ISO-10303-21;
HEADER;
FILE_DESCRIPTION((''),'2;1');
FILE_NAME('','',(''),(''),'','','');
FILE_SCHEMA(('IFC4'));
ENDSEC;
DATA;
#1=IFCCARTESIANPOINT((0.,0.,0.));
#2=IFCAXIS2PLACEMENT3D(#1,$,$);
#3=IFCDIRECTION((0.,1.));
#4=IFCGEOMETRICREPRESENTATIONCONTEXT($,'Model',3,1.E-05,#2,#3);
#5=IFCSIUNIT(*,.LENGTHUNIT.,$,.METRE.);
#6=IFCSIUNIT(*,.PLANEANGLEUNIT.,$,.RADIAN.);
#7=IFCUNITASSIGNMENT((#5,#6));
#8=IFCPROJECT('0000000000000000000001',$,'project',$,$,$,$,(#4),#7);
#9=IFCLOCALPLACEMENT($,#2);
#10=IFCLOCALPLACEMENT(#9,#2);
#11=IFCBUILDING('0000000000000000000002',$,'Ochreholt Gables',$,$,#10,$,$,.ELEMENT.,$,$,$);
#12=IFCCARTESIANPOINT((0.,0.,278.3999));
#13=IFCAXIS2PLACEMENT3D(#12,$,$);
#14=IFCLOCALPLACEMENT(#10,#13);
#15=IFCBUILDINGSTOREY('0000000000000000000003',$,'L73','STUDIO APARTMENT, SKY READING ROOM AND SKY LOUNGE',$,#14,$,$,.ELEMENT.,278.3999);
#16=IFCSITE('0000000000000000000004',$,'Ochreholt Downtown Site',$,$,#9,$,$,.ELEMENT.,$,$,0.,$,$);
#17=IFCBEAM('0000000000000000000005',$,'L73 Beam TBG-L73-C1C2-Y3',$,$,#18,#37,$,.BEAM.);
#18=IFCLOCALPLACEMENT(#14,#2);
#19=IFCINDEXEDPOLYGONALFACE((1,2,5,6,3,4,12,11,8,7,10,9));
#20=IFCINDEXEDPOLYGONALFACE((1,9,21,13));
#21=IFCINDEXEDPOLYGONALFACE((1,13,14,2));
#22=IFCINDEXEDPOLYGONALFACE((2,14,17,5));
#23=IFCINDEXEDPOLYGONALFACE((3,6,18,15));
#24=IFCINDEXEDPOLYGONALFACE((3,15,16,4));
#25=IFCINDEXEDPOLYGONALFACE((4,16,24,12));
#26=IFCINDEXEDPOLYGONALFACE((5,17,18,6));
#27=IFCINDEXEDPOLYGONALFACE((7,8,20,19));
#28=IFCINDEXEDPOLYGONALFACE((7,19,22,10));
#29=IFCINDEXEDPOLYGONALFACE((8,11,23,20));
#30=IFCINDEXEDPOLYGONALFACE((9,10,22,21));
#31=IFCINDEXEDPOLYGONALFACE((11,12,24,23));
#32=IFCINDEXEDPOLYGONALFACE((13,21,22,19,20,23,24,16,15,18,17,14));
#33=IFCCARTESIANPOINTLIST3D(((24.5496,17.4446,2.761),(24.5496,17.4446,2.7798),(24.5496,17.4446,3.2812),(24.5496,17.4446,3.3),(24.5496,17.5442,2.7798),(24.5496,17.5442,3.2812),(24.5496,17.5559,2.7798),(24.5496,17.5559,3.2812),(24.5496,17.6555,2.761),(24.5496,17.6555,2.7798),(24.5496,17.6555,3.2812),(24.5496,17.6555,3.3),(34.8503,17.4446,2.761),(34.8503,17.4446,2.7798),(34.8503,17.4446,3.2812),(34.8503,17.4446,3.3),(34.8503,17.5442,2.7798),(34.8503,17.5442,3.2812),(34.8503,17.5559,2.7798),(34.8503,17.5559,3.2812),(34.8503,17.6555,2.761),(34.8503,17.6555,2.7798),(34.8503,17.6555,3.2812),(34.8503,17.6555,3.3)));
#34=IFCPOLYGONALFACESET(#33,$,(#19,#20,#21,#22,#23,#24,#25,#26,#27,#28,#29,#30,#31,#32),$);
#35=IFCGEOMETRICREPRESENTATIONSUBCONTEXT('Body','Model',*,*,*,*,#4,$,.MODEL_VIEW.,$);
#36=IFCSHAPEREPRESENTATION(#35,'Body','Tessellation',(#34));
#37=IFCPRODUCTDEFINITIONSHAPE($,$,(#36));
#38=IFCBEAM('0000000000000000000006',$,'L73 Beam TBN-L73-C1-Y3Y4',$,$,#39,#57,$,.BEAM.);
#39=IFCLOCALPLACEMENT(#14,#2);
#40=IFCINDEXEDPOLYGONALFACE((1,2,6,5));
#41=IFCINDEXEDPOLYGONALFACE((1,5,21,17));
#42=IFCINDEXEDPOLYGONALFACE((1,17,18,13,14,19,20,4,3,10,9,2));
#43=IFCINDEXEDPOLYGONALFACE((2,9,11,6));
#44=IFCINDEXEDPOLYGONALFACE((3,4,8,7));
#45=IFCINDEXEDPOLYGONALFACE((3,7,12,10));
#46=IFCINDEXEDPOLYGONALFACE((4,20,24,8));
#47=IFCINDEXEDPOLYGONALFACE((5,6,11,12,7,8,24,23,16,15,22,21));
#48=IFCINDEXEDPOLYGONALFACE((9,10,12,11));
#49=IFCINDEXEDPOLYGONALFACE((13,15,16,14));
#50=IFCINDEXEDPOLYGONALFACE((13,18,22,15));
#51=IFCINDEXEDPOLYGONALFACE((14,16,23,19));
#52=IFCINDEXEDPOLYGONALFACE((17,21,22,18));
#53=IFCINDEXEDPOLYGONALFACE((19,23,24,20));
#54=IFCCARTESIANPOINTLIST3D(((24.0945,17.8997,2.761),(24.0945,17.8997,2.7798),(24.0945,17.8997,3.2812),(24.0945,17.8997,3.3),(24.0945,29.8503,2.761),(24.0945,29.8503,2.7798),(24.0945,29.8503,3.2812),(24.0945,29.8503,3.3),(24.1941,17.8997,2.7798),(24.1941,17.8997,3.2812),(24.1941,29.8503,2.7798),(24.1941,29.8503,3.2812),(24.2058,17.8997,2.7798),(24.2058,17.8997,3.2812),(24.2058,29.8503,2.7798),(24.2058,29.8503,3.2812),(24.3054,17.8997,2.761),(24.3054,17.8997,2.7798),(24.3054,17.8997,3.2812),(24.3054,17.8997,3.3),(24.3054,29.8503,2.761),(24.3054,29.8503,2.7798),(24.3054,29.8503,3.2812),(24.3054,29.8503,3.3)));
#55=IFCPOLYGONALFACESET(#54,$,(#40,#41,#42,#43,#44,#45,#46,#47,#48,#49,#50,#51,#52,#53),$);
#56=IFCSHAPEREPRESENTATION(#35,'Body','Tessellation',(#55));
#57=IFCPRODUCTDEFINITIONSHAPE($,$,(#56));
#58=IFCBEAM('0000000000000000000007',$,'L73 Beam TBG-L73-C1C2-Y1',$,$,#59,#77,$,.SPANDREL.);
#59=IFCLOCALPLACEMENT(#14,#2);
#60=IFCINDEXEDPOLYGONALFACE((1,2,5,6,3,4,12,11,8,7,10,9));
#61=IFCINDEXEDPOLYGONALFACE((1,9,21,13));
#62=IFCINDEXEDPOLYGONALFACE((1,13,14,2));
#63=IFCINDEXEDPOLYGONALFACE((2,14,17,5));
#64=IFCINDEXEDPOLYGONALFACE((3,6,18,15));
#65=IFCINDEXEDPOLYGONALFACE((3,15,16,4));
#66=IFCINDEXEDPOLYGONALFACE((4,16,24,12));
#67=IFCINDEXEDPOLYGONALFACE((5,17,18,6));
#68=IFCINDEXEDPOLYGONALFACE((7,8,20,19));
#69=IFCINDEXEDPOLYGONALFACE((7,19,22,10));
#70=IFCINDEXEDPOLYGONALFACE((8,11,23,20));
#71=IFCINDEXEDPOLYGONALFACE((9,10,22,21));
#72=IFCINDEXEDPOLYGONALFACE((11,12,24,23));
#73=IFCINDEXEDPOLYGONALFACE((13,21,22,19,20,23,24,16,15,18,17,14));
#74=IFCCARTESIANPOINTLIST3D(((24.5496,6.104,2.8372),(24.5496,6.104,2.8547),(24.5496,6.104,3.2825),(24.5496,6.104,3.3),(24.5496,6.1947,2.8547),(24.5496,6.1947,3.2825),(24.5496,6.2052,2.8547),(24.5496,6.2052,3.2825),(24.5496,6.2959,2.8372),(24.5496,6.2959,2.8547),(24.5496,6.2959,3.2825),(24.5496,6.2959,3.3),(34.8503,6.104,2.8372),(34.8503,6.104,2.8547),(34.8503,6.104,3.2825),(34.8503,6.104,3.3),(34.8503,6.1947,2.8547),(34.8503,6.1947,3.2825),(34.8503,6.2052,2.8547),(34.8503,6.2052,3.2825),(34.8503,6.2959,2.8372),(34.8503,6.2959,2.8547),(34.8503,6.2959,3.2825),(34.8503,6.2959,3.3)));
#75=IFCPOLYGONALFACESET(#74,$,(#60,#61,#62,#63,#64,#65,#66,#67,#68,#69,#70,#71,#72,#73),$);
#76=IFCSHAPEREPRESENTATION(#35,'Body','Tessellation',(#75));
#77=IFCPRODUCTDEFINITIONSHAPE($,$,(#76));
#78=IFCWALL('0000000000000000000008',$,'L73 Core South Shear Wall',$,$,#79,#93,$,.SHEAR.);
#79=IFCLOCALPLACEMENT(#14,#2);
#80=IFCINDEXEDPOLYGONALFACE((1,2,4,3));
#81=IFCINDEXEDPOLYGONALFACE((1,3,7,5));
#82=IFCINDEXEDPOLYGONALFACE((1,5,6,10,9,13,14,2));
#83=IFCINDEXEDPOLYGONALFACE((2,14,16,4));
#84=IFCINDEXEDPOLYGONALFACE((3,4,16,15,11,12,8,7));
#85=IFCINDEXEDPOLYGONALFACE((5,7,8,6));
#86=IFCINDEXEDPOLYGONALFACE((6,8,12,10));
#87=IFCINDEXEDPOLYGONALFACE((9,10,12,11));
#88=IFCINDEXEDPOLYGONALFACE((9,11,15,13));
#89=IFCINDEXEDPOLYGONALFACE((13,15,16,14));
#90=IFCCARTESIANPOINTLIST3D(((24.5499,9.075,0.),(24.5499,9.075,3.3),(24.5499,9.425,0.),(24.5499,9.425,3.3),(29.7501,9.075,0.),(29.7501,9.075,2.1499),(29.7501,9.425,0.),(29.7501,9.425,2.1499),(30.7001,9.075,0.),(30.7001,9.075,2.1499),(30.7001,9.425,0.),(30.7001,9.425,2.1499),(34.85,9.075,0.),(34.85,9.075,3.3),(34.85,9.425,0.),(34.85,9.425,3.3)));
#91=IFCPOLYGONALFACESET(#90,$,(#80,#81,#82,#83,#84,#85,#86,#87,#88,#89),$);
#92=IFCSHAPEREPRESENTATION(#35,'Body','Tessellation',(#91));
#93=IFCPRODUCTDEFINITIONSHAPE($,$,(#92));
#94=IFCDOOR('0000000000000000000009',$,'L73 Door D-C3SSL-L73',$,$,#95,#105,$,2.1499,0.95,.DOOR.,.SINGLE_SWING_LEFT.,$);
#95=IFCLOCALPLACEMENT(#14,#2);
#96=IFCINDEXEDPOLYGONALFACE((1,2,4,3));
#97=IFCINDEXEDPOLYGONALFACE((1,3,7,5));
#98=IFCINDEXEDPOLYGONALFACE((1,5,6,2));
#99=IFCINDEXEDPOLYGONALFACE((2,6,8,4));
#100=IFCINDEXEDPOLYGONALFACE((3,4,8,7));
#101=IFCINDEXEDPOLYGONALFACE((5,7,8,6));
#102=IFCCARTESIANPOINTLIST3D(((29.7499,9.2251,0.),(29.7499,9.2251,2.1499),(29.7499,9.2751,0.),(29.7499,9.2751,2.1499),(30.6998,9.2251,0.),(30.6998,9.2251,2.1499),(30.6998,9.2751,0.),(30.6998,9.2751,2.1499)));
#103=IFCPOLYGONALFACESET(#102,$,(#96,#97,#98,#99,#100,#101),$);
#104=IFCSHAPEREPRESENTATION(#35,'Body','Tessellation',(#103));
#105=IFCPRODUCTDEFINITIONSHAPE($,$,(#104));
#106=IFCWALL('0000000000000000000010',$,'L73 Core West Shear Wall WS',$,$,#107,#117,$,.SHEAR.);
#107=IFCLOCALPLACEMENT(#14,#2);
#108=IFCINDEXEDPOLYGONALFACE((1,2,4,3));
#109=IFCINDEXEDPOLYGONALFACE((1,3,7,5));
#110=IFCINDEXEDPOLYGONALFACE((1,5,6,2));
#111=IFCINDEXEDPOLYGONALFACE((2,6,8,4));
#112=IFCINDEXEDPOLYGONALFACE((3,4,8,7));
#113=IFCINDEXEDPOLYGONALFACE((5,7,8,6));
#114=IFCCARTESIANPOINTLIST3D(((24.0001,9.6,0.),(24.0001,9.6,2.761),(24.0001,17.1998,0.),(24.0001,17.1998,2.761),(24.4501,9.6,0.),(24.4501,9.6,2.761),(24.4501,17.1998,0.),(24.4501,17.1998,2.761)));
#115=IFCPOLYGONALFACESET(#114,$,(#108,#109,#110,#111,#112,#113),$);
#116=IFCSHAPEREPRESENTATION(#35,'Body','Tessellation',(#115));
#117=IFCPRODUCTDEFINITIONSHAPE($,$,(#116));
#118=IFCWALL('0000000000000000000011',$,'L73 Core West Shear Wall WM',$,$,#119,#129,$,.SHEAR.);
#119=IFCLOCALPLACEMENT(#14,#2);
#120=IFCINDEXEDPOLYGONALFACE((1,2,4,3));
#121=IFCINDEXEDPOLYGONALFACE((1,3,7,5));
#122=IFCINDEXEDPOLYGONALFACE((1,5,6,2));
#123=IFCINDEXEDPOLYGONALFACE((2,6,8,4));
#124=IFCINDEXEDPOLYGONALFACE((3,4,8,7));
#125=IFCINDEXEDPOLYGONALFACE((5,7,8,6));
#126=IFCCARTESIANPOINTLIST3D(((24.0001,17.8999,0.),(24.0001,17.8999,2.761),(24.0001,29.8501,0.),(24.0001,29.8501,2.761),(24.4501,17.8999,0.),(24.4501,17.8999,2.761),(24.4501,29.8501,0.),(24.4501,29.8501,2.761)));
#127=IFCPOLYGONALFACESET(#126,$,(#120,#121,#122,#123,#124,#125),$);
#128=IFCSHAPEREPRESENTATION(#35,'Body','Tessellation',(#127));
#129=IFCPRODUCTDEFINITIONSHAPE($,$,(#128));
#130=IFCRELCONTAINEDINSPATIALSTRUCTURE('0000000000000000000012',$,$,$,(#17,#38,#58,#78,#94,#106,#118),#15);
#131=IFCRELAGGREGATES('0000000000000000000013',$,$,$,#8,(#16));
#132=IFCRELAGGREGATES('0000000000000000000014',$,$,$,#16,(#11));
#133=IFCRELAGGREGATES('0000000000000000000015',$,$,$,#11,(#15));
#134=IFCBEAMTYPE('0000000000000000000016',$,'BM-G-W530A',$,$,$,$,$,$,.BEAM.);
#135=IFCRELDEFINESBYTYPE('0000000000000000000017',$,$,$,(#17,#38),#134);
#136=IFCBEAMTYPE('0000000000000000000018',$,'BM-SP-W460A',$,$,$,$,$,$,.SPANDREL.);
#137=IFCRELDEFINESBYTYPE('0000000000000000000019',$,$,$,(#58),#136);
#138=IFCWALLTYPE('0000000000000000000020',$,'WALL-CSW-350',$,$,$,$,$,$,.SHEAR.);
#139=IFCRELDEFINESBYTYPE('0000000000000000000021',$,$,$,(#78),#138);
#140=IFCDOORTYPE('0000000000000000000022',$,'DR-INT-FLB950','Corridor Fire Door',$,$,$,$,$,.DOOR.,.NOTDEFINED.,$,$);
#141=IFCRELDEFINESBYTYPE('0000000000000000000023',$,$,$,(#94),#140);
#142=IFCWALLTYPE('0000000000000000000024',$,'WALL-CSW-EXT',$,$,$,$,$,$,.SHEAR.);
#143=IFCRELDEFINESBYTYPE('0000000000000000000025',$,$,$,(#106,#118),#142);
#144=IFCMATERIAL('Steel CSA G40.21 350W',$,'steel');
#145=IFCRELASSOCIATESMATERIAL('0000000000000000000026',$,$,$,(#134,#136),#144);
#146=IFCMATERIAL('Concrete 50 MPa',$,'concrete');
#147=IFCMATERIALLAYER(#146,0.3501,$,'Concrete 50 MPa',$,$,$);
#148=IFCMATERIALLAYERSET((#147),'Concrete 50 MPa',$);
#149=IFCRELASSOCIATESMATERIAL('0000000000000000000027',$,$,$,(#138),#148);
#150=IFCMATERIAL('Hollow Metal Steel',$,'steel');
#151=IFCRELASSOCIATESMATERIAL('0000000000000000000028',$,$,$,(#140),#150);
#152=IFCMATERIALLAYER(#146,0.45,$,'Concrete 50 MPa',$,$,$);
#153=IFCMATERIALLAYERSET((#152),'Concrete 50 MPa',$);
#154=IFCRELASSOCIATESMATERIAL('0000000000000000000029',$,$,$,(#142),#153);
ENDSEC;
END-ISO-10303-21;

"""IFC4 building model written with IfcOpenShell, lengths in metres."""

from ifc_helpers import new_model, si_unit, direction, frame, frame_2d, origin, origin_2d, place, context, subcontext, project, spatial, rectangle, i_section, extrude, material, layer, layer_set, material_profile, profile_set, type_object, element, fill, save


model = new_model("IFC4")

# Units and contexts
model_context = context("Model", 3, precision=1e-05, world=origin(), true_north=direction((0.0, 1.0)))
body_context = subcontext(model_context, "Body", "Model", "MODEL_VIEW")
ifc_project = project(units=[si_unit("LENGTHUNIT", "METRE"), si_unit("PLANEANGLEUNIT", "RADIAN")], contexts=[model_context])

# Site, building, storey
site_placement = place(None, origin())
site = spatial("IfcSite", under=ifc_project, at=site_placement, Name="Ochreholt Downtown Site", CompositionType="ELEMENT", RefElevation=0.0)
building_placement = place(site_placement, origin())
building = spatial("IfcBuilding", under=site, at=building_placement, Name="Ochreholt Gables", CompositionType="ELEMENT")
storey_placement = place(building_placement, frame((0.0, 0.0, 278.3999)))
storey = spatial("IfcBuildingStorey", under=building, at=storey_placement, Name="L73", Description="STUDIO APARTMENT, SKY READING ROOM AND SKY LOUNGE", CompositionType="ELEMENT", Elevation=278.3999)

# Beams
ifc_material_1 = material(Name="Steel CSA G40.21 350W", Category="steel")
ifc_material_profile_1 = material_profile(ifc_material_1, i_section(OverallWidth=0.2109, OverallDepth=0.5391, WebThickness=0.0117, FlangeThickness=0.0188, at=origin_2d()), Name="W530X109")
ifc_profile_set_1 = profile_set([ifc_material_profile_1], Name="Steel CSA G40.21 350W")
beam_type_1 = type_object("IfcBeamType", Name="BM-G-W530A", PredefinedType="BEAM", material=ifc_profile_set_1)
beam_1_placement = place(storey_placement, frame((24.5496, 17.55, 3.0305), z_axis=(1.0, 0.0, 0.0), x_axis=(0.0, 1.0, 0.0)))
element("IfcBeam", 1, at=beam_1_placement, inside=storey, type_object=beam_type_1, Name="L73 Beam TBG-L73-C1C2-Y3", PredefinedType="BEAM", context=body_context, shape_type="SweptSolid", body=[
    extrude(i_section(OverallWidth=0.2109, OverallDepth=0.5391, WebThickness=0.0117, FlangeThickness=0.0188, at=origin_2d()), origin(), (0.0, 0.0, 1.0), 10.3008),
])
beam_2_placement = place(storey_placement, frame((24.2, 17.8997, 3.0305), z_axis=(0.0, 1.0, 0.0), x_axis=(-1.0, 0.0, 0.0)))
element("IfcBeam", 2, at=beam_2_placement, inside=storey, type_object=beam_type_1, Name="L73 Beam TBN-L73-C1-Y3Y4", PredefinedType="BEAM", context=body_context, shape_type="SweptSolid", body=[
    extrude(i_section(OverallWidth=0.2109, OverallDepth=0.5391, WebThickness=0.0117, FlangeThickness=0.0188, at=origin_2d()), origin(), (0.0, 0.0, 1.0), 11.9507),
])
ifc_material_profile_2 = material_profile(ifc_material_1, i_section(OverallWidth=0.1919, OverallDepth=0.4629, WebThickness=0.0105, FlangeThickness=0.0176, at=origin_2d()), Name="W460X89")
ifc_profile_set_2 = profile_set([ifc_material_profile_2], Name="Steel CSA G40.21 350W")
beam_type_2 = type_object("IfcBeamType", Name="BM-SP-W460A", PredefinedType="SPANDREL", material=ifc_profile_set_2)
beam_3_placement = place(storey_placement, frame((24.5496, 6.2, 3.0686), z_axis=(1.0, 0.0, 0.0), x_axis=(0.0, 1.0, 0.0)))
element("IfcBeam", 3, at=beam_3_placement, inside=storey, type_object=beam_type_2, Name="L73 Beam TBG-L73-C1C2-Y1", PredefinedType="SPANDREL", context=body_context, shape_type="SweptSolid", body=[
    extrude(i_section(OverallWidth=0.1919, OverallDepth=0.4629, WebThickness=0.0105, FlangeThickness=0.0176, at=origin_2d()), origin(), (0.0, 0.0, 1.0), 10.3008),
])

# Wall, opening, door
ifc_material_2 = material(Name="Concrete 50 MPa", Category="concrete")
ifc_layer_1 = layer(ifc_material_2, 0.3501, Name="Concrete 50 MPa")
ifc_layer_set_1 = layer_set([ifc_layer_1], Name="Concrete 50 MPa")
wall_type_1 = type_object("IfcWallType", Name="WALL-CSW-350", PredefinedType="SHEAR", material=ifc_layer_set_1)
wall_1_placement = place(storey_placement, frame((24.55, 9.25, 0.0), z_axis=(0.0, 0.0, 1.0), x_axis=(1.0, 0.0, 0.0)))
wall_1 = element("IfcWall", 4, at=wall_1_placement, inside=storey, type_object=wall_type_1, Name="L73 Core South Shear Wall", PredefinedType="SHEAR", context=body_context, shape_type="SweptSolid", body=[
    extrude(rectangle(XDim=10.3, YDim=0.3501, at=frame_2d((5.1499, 0.0))), origin(), (0.0, 0.0, 1.0), 3.3),
])
opening_1_placement = place(wall_1_placement, frame((5.2, 0.0, 0.0)))
opening_1 = element("IfcOpeningElement", 5, at=opening_1_placement, cuts=wall_1, PredefinedType="OPENING", context=body_context, shape_type="SweptSolid", body=[
    extrude(rectangle(XDim=0.95, YDim=2.1499, at=frame_2d((0.4751, 1.075))), frame((0.0, 0.1851, 0.0), z_axis=(0.0, -1.0, 0.0), x_axis=(1.0, 0.0, 0.0)), (0.0, 0.0, 1.0), 0.3701),
])
ifc_material_3 = material(Name="Hollow Metal Steel", Category="steel")
door_type_1 = type_object("IfcDoorType", Name="DR-INT-FLB950", Description="Corridor Fire Door", OperationType="NOTDEFINED", PredefinedType="DOOR", material=ifc_material_3)
door_1_placement = place(opening_1_placement, frame((0.95, 0.0, 0.0), z_axis=(0.0, 0.0, 1.0), x_axis=(-1.0, 0.0, 0.0)))
door_1 = element("IfcDoor", 6, at=door_1_placement, inside=storey, type_object=door_type_1, Name="L73 Door D-C3SSL-L73", OperationType="SINGLE_SWING_LEFT", OverallHeight=2.1499, OverallWidth=0.95, PredefinedType="DOOR", context=body_context, shape_type="SweptSolid", body=[
    extrude(rectangle(XDim=0.95, YDim=2.1499, at=frame_2d((0.4751, 1.075))), frame((0.0, 0.0249, 0.0), z_axis=(0.0, -1.0, 0.0), x_axis=(1.0, 0.0, 0.0)), (0.0, 0.0, 1.0), 0.05),
])
fill(opening_1, door_1)

# Walls
ifc_layer_2 = layer(ifc_material_2, 0.45, Name="Concrete 50 MPa")
ifc_layer_set_2 = layer_set([ifc_layer_2], Name="Concrete 50 MPa")
wall_type_2 = type_object("IfcWallType", Name="WALL-CSW-EXT", PredefinedType="SHEAR", material=ifc_layer_set_2)
wall_2_placement = place(storey_placement, frame((24.2251, 9.6001, 0.0), z_axis=(0.0, 0.0, 1.0), x_axis=(0.0, 1.0, 0.0)))
element("IfcWall", 7, at=wall_2_placement, inside=storey, type_object=wall_type_2, Name="L73 Core West Shear Wall WS", PredefinedType="SHEAR", context=body_context, shape_type="SweptSolid", body=[
    extrude(rectangle(XDim=7.5999, YDim=0.45, at=frame_2d((3.7998, 0.0))), origin(), (0.0, 0.0, 1.0), 2.761),
])
wall_3_placement = place(storey_placement, frame((24.2251, 17.8999, 0.0), z_axis=(0.0, 0.0, 1.0), x_axis=(0.0, 1.0, 0.0)))
element("IfcWall", 8, at=wall_3_placement, inside=storey, type_object=wall_type_2, Name="L73 Core West Shear Wall WM", PredefinedType="SHEAR", context=body_context, shape_type="SweptSolid", body=[
    extrude(rectangle(XDim=11.9502, YDim=0.45, at=frame_2d((5.9751, 0.0))), origin(), (0.0, 0.0, 1.0), 2.761),
])

save(model, "model.ifc")
